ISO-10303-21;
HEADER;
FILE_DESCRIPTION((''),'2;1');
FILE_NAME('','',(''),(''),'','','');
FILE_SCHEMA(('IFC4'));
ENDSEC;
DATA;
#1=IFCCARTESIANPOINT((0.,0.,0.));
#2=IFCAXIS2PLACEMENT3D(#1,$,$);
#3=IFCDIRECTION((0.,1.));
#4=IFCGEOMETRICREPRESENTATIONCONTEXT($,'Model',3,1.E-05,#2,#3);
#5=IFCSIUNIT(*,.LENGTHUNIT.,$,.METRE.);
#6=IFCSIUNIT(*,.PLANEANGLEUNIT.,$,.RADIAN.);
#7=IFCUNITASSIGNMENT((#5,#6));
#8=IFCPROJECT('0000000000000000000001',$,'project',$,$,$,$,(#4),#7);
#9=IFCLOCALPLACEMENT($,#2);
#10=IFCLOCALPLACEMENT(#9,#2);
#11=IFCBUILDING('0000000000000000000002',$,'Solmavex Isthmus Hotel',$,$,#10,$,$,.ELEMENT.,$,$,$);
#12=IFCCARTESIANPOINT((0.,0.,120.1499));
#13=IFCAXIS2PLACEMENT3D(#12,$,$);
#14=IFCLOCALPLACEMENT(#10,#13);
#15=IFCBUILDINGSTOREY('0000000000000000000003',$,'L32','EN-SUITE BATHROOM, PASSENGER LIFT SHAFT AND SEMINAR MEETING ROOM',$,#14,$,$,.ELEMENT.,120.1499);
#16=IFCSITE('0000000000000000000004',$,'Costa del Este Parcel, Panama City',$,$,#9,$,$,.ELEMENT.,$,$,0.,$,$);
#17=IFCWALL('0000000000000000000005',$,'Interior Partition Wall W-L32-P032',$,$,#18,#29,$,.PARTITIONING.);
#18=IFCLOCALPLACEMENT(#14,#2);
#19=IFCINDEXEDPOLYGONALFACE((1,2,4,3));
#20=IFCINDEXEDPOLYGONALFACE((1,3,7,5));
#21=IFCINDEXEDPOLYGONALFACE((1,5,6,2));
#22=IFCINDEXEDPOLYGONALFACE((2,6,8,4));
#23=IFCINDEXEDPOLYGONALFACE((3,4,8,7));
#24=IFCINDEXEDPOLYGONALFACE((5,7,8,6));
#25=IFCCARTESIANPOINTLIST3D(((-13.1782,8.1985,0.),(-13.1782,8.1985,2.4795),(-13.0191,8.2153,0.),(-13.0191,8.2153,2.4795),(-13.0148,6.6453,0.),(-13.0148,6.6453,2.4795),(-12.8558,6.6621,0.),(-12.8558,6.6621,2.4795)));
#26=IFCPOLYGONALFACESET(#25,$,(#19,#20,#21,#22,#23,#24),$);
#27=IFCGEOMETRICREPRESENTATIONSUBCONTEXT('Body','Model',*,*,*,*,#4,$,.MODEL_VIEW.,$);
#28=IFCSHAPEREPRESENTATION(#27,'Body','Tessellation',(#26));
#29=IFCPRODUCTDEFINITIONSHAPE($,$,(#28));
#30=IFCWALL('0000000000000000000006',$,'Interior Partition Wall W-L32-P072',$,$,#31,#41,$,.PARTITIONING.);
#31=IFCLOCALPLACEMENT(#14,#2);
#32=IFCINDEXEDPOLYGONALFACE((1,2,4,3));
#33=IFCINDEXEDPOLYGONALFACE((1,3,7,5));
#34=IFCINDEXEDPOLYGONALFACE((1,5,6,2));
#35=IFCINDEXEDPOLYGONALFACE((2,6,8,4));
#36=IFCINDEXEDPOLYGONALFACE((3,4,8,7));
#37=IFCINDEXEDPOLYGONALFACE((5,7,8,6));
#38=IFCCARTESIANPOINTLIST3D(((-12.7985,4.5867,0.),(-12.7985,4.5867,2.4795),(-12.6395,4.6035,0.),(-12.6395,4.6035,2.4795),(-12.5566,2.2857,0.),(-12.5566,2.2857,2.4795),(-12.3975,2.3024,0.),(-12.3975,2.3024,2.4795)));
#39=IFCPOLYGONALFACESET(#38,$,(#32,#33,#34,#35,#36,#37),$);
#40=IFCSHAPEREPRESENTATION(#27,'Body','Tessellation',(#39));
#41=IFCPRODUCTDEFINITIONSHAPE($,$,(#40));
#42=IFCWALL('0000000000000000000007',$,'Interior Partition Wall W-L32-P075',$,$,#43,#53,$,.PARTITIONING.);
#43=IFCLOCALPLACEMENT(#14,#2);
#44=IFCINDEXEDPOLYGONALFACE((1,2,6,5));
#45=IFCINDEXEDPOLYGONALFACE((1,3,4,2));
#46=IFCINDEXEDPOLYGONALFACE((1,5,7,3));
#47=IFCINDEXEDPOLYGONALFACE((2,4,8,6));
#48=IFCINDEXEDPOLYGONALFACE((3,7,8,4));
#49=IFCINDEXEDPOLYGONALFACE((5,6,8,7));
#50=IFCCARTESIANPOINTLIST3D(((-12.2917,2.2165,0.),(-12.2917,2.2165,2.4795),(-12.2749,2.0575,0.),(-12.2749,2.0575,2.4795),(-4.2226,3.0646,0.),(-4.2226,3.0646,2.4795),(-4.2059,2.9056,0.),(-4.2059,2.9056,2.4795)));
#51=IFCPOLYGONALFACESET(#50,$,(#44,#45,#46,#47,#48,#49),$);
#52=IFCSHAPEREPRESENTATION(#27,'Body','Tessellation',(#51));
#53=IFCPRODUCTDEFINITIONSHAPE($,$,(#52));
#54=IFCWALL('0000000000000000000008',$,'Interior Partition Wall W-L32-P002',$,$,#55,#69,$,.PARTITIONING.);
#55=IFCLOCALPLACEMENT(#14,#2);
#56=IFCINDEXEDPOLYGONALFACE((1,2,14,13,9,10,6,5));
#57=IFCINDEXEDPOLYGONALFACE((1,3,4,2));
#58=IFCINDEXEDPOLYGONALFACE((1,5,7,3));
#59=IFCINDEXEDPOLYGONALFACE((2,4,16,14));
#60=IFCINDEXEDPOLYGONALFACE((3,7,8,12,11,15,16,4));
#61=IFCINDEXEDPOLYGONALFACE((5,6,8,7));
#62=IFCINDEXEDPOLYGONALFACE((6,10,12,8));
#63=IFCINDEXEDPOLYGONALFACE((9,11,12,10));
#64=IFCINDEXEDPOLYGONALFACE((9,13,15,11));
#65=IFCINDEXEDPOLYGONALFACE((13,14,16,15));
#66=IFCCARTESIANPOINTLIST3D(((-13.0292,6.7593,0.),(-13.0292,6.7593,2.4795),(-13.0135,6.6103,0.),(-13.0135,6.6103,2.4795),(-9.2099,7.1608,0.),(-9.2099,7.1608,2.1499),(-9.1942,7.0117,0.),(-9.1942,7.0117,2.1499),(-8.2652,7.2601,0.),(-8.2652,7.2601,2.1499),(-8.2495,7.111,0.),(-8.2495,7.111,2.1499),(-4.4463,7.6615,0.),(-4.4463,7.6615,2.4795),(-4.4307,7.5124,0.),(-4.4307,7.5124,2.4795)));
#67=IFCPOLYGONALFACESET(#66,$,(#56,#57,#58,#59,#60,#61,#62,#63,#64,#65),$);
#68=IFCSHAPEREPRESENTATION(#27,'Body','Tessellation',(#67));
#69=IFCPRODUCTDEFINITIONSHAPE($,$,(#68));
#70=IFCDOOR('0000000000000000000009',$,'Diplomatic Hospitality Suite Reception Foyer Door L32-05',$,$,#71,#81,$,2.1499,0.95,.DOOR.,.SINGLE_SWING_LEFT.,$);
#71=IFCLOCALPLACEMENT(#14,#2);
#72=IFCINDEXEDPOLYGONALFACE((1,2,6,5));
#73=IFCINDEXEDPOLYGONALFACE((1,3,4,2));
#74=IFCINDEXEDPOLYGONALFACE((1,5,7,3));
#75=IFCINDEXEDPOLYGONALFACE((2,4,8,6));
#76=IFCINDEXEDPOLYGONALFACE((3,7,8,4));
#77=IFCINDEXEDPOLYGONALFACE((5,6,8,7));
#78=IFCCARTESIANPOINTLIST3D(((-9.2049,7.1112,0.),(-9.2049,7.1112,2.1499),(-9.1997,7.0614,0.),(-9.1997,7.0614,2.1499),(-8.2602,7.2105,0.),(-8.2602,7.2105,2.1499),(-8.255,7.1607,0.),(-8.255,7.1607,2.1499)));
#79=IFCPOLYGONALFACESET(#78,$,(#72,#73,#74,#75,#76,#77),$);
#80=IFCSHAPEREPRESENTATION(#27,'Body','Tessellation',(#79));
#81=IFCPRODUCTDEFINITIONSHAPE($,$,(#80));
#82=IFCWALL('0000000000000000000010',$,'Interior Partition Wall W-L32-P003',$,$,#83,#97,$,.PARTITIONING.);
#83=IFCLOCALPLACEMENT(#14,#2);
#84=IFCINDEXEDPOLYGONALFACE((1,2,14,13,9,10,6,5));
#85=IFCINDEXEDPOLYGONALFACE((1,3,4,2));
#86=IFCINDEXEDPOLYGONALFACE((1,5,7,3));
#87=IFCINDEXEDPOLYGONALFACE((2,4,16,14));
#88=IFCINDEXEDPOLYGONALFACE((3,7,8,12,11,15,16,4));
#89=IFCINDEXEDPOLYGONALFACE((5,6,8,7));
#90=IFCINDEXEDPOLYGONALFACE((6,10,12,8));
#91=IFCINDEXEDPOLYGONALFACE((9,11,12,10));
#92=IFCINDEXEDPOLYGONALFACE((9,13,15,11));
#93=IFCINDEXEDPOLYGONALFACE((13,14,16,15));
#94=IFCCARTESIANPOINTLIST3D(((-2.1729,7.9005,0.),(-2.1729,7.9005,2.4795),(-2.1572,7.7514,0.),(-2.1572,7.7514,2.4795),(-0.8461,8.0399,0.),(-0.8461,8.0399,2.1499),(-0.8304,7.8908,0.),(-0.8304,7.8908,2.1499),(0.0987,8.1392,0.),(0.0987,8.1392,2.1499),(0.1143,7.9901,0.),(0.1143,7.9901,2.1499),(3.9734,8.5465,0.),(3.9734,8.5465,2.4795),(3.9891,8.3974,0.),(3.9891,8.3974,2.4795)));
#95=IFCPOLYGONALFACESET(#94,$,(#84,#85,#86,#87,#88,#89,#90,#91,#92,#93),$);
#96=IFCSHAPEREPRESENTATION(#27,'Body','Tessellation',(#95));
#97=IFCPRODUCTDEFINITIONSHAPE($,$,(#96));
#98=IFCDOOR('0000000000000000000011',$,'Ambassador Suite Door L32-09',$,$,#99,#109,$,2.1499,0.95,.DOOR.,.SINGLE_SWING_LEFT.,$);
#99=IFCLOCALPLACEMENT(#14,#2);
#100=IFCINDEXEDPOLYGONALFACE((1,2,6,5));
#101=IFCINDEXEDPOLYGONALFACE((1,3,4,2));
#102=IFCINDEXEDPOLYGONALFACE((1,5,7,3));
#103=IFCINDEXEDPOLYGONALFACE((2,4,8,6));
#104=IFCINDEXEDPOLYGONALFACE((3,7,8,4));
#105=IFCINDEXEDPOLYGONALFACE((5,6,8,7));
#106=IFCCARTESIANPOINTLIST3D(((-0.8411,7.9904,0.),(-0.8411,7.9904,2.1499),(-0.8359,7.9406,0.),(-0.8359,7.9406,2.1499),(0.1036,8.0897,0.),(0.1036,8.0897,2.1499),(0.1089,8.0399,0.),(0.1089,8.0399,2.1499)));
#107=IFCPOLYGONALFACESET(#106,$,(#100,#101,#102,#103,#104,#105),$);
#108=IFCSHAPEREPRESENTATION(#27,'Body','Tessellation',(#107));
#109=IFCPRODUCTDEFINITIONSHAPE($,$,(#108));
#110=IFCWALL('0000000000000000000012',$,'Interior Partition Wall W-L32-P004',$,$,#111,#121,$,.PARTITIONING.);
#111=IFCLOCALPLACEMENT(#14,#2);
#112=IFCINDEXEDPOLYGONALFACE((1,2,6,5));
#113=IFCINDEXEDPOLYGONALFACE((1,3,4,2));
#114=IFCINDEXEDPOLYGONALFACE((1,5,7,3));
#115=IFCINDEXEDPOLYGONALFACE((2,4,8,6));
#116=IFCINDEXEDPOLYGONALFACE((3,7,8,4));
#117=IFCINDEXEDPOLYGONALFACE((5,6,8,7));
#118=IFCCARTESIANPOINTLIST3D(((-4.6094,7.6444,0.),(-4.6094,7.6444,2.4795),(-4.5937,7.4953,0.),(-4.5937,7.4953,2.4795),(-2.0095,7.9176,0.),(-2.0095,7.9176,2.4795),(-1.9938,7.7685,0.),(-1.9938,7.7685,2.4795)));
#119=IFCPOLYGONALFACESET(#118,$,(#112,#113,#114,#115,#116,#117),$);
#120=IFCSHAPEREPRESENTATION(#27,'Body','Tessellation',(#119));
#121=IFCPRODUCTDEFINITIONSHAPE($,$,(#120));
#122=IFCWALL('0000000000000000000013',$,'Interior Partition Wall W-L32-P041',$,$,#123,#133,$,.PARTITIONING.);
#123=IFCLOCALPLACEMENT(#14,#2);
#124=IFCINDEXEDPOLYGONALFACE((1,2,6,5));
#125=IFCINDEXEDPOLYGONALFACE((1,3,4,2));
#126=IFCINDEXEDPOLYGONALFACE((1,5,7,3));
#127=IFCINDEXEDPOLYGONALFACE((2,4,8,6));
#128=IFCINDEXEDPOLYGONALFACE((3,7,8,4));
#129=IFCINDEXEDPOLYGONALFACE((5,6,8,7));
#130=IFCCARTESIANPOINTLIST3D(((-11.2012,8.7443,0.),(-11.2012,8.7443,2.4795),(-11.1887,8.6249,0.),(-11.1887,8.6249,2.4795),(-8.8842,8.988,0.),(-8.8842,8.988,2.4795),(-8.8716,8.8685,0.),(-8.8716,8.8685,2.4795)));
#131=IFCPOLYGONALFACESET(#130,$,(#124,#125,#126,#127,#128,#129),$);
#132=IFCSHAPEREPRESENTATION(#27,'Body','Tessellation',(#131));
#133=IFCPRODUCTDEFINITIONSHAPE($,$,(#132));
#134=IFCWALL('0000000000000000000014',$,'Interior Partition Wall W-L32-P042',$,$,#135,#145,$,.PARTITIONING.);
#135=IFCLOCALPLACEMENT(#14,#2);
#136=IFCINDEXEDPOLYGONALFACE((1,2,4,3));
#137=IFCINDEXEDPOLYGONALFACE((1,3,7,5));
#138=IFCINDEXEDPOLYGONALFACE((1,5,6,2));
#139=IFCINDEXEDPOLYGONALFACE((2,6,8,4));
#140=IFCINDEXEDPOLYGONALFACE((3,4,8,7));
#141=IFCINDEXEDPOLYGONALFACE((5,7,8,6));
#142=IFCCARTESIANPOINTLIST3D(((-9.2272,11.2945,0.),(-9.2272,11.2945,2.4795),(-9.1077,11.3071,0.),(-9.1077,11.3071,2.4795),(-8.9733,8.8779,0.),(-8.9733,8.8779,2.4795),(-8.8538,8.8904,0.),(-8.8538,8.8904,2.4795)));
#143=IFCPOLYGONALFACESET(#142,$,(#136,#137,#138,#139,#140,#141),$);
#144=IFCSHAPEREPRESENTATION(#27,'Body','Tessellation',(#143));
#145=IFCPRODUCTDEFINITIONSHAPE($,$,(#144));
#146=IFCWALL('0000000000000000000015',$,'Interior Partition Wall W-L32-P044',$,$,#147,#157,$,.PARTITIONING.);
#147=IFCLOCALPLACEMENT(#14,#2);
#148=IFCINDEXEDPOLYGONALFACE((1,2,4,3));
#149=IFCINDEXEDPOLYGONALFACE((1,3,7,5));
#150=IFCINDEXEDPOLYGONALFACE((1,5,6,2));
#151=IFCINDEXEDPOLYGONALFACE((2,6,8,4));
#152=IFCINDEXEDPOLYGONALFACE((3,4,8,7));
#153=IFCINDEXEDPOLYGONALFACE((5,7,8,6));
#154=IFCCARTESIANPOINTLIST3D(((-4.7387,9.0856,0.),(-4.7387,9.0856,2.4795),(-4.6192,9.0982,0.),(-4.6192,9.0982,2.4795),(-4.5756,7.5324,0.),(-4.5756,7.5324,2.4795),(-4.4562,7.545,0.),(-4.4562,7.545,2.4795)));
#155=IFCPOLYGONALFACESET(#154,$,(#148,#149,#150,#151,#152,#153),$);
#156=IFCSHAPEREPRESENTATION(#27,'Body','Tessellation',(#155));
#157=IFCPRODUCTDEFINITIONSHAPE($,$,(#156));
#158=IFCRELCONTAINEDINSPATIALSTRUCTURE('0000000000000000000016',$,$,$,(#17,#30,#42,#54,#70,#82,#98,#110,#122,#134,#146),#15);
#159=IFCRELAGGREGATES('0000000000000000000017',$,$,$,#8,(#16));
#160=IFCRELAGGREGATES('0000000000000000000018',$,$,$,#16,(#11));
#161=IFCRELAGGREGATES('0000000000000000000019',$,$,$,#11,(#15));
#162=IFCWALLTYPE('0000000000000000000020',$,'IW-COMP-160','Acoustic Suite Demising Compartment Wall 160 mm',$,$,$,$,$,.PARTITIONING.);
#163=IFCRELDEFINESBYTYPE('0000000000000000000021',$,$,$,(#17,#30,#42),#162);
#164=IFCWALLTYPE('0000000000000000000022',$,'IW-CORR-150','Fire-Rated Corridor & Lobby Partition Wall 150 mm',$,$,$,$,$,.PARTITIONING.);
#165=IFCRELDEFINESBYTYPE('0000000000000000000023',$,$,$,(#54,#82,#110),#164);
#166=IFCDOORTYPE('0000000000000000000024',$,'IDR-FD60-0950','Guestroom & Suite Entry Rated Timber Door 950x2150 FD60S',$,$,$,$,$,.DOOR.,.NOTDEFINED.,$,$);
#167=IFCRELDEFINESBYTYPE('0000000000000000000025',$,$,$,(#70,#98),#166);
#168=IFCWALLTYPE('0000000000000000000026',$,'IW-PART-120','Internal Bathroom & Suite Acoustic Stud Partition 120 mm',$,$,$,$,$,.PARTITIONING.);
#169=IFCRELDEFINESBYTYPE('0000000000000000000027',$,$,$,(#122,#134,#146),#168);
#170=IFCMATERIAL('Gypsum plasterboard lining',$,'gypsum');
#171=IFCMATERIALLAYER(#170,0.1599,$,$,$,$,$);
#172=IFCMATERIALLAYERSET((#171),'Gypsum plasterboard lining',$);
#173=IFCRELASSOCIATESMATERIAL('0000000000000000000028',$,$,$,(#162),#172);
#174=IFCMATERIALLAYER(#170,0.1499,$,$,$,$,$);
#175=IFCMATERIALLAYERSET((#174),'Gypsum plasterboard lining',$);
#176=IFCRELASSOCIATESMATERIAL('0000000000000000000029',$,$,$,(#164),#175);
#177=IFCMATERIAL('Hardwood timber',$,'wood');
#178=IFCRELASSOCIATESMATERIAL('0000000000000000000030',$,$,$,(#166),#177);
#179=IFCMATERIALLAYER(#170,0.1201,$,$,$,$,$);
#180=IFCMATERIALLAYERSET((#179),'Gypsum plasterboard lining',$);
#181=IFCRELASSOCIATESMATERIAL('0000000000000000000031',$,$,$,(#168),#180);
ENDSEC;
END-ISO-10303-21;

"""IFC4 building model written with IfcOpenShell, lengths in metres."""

from ifc_helpers import new_model, si_unit, direction, frame, frame_2d, origin, place, context, subcontext, project, spatial, rectangle, extrude, material, layer, layer_set, type_object, element, fill, save


model = new_model("IFC4")

# Units and contexts
model_context = context("Model", 3, precision=1e-05, world=origin(), true_north=direction((0.0, 1.0)))
body_context = subcontext(model_context, "Body", "Model", "MODEL_VIEW")
ifc_project = project(units=[si_unit("LENGTHUNIT", "METRE"), si_unit("PLANEANGLEUNIT", "RADIAN")], contexts=[model_context])

# Site, building, storey
site_placement = place(None, origin())
site = spatial("IfcSite", under=ifc_project, at=site_placement, Name="Costa del Este Parcel, Panama City", CompositionType="ELEMENT", RefElevation=0.0)
building_placement = place(site_placement, origin())
building = spatial("IfcBuilding", under=site, at=building_placement, Name="Solmavex Isthmus Hotel", CompositionType="ELEMENT")
storey_placement = place(building_placement, frame((0.0, 0.0, 120.1499)))
storey = spatial("IfcBuildingStorey", under=building, at=storey_placement, Name="L32", Description="EN-SUITE BATHROOM, PASSENGER LIFT SHAFT AND SEMINAR MEETING ROOM", CompositionType="ELEMENT", Elevation=120.1499)

# Walls
ifc_material_1 = material(Name="Gypsum plasterboard lining", Category="gypsum")
ifc_layer_1 = layer(ifc_material_1, 0.1599)
ifc_layer_set_1 = layer_set([ifc_layer_1], Name="Gypsum plasterboard lining")
wall_type_1 = type_object("IfcWallType", Name="IW-COMP-160", Description="Acoustic Suite Demising Compartment Wall 160 mm", PredefinedType="PARTITIONING", material=ifc_layer_set_1)
wall_1_placement = place(storey_placement, frame((-13.0986, 8.2068, 0.0), z_axis=(0.0, 0.0, 1.0), x_axis=(0.104579, -0.994517, 0.0)))
element("IfcWall", 1, at=wall_1_placement, inside=storey, type_object=wall_type_1, Name="Interior Partition Wall W-L32-P032", PredefinedType="PARTITIONING", context=body_context, shape_type="SweptSolid", body=[
    extrude(rectangle(XDim=1.5618, YDim=0.1599, at=frame_2d((0.7808, 0.0))), origin(), (0.0, 0.0, 1.0), 2.4795),
])
wall_2_placement = place(storey_placement, frame((-12.719, 4.595, 0.0), z_axis=(0.0, 0.0, 1.0), x_axis=(0.104569, -0.994518, 0.0)))
element("IfcWall", 2, at=wall_2_placement, inside=storey, type_object=wall_type_1, Name="Interior Partition Wall W-L32-P072", PredefinedType="PARTITIONING", context=body_context, shape_type="SweptSolid", body=[
    extrude(rectangle(XDim=2.3137, YDim=0.1599, at=frame_2d((1.1567, 0.0))), origin(), (0.0, 0.0, 1.0), 2.4795),
])
wall_3_placement = place(storey_placement, frame((-4.2144, 2.9851, 0.0), z_axis=(0.0, 0.0, 1.0), x_axis=(-0.994521, -0.104534, 0.0)))
element("IfcWall", 3, at=wall_3_placement, inside=storey, type_object=wall_type_1, Name="Interior Partition Wall W-L32-P075", PredefinedType="PARTITIONING", context=body_context, shape_type="SweptSolid", body=[
    extrude(rectangle(XDim=8.1135, YDim=0.1599, at=frame_2d((4.0566, 0.0))), origin(), (0.0, 0.0, 1.0), 2.4795),
])

# Walls, openings, doors
ifc_layer_2 = layer(ifc_material_1, 0.1499)
ifc_layer_set_2 = layer_set([ifc_layer_2], Name="Gypsum plasterboard lining")
wall_type_2 = type_object("IfcWallType", Name="IW-CORR-150", Description="Fire-Rated Corridor & Lobby Partition Wall 150 mm", PredefinedType="PARTITIONING", material=ifc_layer_set_2)
wall_4_placement = place(storey_placement, frame((-13.0212, 6.6848, 0.0), z_axis=(0.0, 0.0, 1.0), x_axis=(0.994522, 0.10453, 0.0)))
wall_4 = element("IfcWall", 4, at=wall_4_placement, inside=storey, type_object=wall_type_2, Name="Interior Partition Wall W-L32-P002", PredefinedType="PARTITIONING", context=body_context, shape_type="SweptSolid", body=[
    extrude(rectangle(XDim=8.6301, YDim=0.1499, at=frame_2d((4.3149, 0.0))), origin(), (0.0, 0.0, 1.0), 2.4795),
])
opening_1_placement = place(wall_4_placement, frame((3.8401, 0.0, 0.0)))
opening_1 = element("IfcOpeningElement", 5, at=opening_1_placement, cuts=wall_4, PredefinedType="OPENING", context=body_context, shape_type="SweptSolid", body=[
    extrude(rectangle(XDim=0.95, YDim=2.1499, at=frame_2d((0.4751, 1.075))), frame((0.0, 0.085, 0.0), z_axis=(0.0, -1.0, 0.0), x_axis=(1.0, 0.0, 0.0)), (0.0, 0.0, 1.0), 0.1699),
])
ifc_material_2 = material(Name="Hardwood timber", Category="wood")
door_type_1 = type_object("IfcDoorType", Name="IDR-FD60-0950", Description="Guestroom & Suite Entry Rated Timber Door 950x2150 FD60S", OperationType="NOTDEFINED", PredefinedType="DOOR", material=ifc_material_2)
door_1_placement = place(opening_1_placement, frame((0.95, 0.0, 0.0), z_axis=(0.0, 0.0, 1.0), x_axis=(-1.0, 0.0, 0.0)))
door_1 = element("IfcDoor", 6, at=door_1_placement, inside=storey, type_object=door_type_1, Name="Diplomatic Hospitality Suite Reception Foyer Door L32-05", OperationType="SINGLE_SWING_LEFT", OverallHeight=2.1499, OverallWidth=0.95, PredefinedType="DOOR", context=body_context, shape_type="SweptSolid", body=[
    extrude(rectangle(XDim=0.95, YDim=2.1499, at=frame_2d((0.4751, 1.075))), frame((0.0, 0.0249, 0.0), z_axis=(0.0, -1.0, 0.0), x_axis=(1.0, 0.0, 0.0)), (0.0, 0.0, 1.0), 0.05),
])
fill(opening_1, door_1)
wall_5_placement = place(storey_placement, frame((-2.165, 7.8259, 0.0), z_axis=(0.0, 0.0, 1.0), x_axis=(0.994522, 0.104528, 0.0)))
wall_5 = element("IfcWall", 7, at=wall_5_placement, inside=storey, type_object=wall_type_2, Name="Interior Partition Wall W-L32-P003", PredefinedType="PARTITIONING", context=body_context, shape_type="SweptSolid", body=[
    extrude(rectangle(XDim=6.1802, YDim=0.1499, at=frame_2d((3.0901, 0.0))), origin(), (0.0, 0.0, 1.0), 2.4795),
])
opening_2_placement = place(wall_5_placement, frame((1.334, 0.0, 0.0)))
opening_2 = element("IfcOpeningElement", 8, at=opening_2_placement, cuts=wall_5, PredefinedType="OPENING", context=body_context, shape_type="SweptSolid", body=[
    extrude(rectangle(XDim=0.95, YDim=2.1499, at=frame_2d((0.4751, 1.075))), frame((0.0, 0.085, 0.0), z_axis=(0.0, -1.0, 0.0), x_axis=(1.0, 0.0, 0.0)), (0.0, 0.0, 1.0), 0.1699),
])
door_2_placement = place(opening_2_placement, frame((0.95, 0.0, 0.0), z_axis=(0.0, 0.0, 1.0), x_axis=(-1.0, 0.0, 0.0)))
door_2 = element("IfcDoor", 9, at=door_2_placement, inside=storey, type_object=door_type_1, Name="Ambassador Suite Door L32-09", OperationType="SINGLE_SWING_LEFT", OverallHeight=2.1499, OverallWidth=0.95, PredefinedType="DOOR", context=body_context, shape_type="SweptSolid", body=[
    extrude(rectangle(XDim=0.95, YDim=2.1499, at=frame_2d((0.4751, 1.075))), frame((0.0, 0.0249, 0.0), z_axis=(0.0, -1.0, 0.0), x_axis=(1.0, 0.0, 0.0)), (0.0, 0.0, 1.0), 0.05),
])
fill(opening_2, door_2)

# Wall
wall_6_placement = place(storey_placement, frame((-4.6016, 7.5698, 0.0), z_axis=(0.0, 0.0, 1.0), x_axis=(0.994524, 0.104505, 0.0)))
element("IfcWall", 10, at=wall_6_placement, inside=storey, type_object=wall_type_2, Name="Interior Partition Wall W-L32-P004", PredefinedType="PARTITIONING", context=body_context, shape_type="SweptSolid", body=[
    extrude(rectangle(XDim=2.6143, YDim=0.1499, at=frame_2d((1.3071, 0.0))), origin(), (0.0, 0.0, 1.0), 2.4795),
])

# Walls
ifc_layer_3 = layer(ifc_material_1, 0.1201)
ifc_layer_set_3 = layer_set([ifc_layer_3], Name="Gypsum plasterboard lining")
wall_type_3 = type_object("IfcWallType", Name="IW-PART-120", Description="Internal Bathroom & Suite Acoustic Stud Partition 120 mm", PredefinedType="PARTITIONING", material=ifc_layer_set_3)
wall_7_placement = place(storey_placement, frame((-11.1951, 8.6846, 0.0), z_axis=(0.0, 0.0, 1.0), x_axis=(0.994517, 0.104576, 0.0)))
element("IfcWall", 11, at=wall_7_placement, inside=storey, type_object=wall_type_3, Name="Interior Partition Wall W-L32-P041", PredefinedType="PARTITIONING", context=body_context, shape_type="SweptSolid", body=[
    extrude(rectangle(XDim=2.3298, YDim=0.1201, at=frame_2d((1.165, 0.0))), origin(), (0.0, 0.0, 1.0), 2.4795),
])
wall_8_placement = place(storey_placement, frame((-8.9136, 8.8843, 0.0), z_axis=(0.0, 0.0, 1.0), x_axis=(-0.104486, 0.994526, 0.0)))
element("IfcWall", 12, at=wall_8_placement, inside=storey, type_object=wall_type_3, Name="Interior Partition Wall W-L32-P042", PredefinedType="PARTITIONING", context=body_context, shape_type="SweptSolid", body=[
    extrude(rectangle(XDim=2.4299, YDim=0.1201, at=frame_2d((1.2148, 0.0))), origin(), (0.0, 0.0, 1.0), 2.4795),
])
wall_9_placement = place(storey_placement, frame((-4.679, 9.0918, 0.0), z_axis=(0.0, 0.0, 1.0), x_axis=(0.104424, -0.994533, 0.0)))
element("IfcWall", 13, at=wall_9_placement, inside=storey, type_object=wall_type_3, Name="Interior Partition Wall W-L32-P044", PredefinedType="PARTITIONING", context=body_context, shape_type="SweptSolid", body=[
    extrude(rectangle(XDim=1.5618, YDim=0.1201, at=frame_2d((0.7808, 0.0))), origin(), (0.0, 0.0, 1.0), 2.4795),
])

save(model, "model.ifc")
